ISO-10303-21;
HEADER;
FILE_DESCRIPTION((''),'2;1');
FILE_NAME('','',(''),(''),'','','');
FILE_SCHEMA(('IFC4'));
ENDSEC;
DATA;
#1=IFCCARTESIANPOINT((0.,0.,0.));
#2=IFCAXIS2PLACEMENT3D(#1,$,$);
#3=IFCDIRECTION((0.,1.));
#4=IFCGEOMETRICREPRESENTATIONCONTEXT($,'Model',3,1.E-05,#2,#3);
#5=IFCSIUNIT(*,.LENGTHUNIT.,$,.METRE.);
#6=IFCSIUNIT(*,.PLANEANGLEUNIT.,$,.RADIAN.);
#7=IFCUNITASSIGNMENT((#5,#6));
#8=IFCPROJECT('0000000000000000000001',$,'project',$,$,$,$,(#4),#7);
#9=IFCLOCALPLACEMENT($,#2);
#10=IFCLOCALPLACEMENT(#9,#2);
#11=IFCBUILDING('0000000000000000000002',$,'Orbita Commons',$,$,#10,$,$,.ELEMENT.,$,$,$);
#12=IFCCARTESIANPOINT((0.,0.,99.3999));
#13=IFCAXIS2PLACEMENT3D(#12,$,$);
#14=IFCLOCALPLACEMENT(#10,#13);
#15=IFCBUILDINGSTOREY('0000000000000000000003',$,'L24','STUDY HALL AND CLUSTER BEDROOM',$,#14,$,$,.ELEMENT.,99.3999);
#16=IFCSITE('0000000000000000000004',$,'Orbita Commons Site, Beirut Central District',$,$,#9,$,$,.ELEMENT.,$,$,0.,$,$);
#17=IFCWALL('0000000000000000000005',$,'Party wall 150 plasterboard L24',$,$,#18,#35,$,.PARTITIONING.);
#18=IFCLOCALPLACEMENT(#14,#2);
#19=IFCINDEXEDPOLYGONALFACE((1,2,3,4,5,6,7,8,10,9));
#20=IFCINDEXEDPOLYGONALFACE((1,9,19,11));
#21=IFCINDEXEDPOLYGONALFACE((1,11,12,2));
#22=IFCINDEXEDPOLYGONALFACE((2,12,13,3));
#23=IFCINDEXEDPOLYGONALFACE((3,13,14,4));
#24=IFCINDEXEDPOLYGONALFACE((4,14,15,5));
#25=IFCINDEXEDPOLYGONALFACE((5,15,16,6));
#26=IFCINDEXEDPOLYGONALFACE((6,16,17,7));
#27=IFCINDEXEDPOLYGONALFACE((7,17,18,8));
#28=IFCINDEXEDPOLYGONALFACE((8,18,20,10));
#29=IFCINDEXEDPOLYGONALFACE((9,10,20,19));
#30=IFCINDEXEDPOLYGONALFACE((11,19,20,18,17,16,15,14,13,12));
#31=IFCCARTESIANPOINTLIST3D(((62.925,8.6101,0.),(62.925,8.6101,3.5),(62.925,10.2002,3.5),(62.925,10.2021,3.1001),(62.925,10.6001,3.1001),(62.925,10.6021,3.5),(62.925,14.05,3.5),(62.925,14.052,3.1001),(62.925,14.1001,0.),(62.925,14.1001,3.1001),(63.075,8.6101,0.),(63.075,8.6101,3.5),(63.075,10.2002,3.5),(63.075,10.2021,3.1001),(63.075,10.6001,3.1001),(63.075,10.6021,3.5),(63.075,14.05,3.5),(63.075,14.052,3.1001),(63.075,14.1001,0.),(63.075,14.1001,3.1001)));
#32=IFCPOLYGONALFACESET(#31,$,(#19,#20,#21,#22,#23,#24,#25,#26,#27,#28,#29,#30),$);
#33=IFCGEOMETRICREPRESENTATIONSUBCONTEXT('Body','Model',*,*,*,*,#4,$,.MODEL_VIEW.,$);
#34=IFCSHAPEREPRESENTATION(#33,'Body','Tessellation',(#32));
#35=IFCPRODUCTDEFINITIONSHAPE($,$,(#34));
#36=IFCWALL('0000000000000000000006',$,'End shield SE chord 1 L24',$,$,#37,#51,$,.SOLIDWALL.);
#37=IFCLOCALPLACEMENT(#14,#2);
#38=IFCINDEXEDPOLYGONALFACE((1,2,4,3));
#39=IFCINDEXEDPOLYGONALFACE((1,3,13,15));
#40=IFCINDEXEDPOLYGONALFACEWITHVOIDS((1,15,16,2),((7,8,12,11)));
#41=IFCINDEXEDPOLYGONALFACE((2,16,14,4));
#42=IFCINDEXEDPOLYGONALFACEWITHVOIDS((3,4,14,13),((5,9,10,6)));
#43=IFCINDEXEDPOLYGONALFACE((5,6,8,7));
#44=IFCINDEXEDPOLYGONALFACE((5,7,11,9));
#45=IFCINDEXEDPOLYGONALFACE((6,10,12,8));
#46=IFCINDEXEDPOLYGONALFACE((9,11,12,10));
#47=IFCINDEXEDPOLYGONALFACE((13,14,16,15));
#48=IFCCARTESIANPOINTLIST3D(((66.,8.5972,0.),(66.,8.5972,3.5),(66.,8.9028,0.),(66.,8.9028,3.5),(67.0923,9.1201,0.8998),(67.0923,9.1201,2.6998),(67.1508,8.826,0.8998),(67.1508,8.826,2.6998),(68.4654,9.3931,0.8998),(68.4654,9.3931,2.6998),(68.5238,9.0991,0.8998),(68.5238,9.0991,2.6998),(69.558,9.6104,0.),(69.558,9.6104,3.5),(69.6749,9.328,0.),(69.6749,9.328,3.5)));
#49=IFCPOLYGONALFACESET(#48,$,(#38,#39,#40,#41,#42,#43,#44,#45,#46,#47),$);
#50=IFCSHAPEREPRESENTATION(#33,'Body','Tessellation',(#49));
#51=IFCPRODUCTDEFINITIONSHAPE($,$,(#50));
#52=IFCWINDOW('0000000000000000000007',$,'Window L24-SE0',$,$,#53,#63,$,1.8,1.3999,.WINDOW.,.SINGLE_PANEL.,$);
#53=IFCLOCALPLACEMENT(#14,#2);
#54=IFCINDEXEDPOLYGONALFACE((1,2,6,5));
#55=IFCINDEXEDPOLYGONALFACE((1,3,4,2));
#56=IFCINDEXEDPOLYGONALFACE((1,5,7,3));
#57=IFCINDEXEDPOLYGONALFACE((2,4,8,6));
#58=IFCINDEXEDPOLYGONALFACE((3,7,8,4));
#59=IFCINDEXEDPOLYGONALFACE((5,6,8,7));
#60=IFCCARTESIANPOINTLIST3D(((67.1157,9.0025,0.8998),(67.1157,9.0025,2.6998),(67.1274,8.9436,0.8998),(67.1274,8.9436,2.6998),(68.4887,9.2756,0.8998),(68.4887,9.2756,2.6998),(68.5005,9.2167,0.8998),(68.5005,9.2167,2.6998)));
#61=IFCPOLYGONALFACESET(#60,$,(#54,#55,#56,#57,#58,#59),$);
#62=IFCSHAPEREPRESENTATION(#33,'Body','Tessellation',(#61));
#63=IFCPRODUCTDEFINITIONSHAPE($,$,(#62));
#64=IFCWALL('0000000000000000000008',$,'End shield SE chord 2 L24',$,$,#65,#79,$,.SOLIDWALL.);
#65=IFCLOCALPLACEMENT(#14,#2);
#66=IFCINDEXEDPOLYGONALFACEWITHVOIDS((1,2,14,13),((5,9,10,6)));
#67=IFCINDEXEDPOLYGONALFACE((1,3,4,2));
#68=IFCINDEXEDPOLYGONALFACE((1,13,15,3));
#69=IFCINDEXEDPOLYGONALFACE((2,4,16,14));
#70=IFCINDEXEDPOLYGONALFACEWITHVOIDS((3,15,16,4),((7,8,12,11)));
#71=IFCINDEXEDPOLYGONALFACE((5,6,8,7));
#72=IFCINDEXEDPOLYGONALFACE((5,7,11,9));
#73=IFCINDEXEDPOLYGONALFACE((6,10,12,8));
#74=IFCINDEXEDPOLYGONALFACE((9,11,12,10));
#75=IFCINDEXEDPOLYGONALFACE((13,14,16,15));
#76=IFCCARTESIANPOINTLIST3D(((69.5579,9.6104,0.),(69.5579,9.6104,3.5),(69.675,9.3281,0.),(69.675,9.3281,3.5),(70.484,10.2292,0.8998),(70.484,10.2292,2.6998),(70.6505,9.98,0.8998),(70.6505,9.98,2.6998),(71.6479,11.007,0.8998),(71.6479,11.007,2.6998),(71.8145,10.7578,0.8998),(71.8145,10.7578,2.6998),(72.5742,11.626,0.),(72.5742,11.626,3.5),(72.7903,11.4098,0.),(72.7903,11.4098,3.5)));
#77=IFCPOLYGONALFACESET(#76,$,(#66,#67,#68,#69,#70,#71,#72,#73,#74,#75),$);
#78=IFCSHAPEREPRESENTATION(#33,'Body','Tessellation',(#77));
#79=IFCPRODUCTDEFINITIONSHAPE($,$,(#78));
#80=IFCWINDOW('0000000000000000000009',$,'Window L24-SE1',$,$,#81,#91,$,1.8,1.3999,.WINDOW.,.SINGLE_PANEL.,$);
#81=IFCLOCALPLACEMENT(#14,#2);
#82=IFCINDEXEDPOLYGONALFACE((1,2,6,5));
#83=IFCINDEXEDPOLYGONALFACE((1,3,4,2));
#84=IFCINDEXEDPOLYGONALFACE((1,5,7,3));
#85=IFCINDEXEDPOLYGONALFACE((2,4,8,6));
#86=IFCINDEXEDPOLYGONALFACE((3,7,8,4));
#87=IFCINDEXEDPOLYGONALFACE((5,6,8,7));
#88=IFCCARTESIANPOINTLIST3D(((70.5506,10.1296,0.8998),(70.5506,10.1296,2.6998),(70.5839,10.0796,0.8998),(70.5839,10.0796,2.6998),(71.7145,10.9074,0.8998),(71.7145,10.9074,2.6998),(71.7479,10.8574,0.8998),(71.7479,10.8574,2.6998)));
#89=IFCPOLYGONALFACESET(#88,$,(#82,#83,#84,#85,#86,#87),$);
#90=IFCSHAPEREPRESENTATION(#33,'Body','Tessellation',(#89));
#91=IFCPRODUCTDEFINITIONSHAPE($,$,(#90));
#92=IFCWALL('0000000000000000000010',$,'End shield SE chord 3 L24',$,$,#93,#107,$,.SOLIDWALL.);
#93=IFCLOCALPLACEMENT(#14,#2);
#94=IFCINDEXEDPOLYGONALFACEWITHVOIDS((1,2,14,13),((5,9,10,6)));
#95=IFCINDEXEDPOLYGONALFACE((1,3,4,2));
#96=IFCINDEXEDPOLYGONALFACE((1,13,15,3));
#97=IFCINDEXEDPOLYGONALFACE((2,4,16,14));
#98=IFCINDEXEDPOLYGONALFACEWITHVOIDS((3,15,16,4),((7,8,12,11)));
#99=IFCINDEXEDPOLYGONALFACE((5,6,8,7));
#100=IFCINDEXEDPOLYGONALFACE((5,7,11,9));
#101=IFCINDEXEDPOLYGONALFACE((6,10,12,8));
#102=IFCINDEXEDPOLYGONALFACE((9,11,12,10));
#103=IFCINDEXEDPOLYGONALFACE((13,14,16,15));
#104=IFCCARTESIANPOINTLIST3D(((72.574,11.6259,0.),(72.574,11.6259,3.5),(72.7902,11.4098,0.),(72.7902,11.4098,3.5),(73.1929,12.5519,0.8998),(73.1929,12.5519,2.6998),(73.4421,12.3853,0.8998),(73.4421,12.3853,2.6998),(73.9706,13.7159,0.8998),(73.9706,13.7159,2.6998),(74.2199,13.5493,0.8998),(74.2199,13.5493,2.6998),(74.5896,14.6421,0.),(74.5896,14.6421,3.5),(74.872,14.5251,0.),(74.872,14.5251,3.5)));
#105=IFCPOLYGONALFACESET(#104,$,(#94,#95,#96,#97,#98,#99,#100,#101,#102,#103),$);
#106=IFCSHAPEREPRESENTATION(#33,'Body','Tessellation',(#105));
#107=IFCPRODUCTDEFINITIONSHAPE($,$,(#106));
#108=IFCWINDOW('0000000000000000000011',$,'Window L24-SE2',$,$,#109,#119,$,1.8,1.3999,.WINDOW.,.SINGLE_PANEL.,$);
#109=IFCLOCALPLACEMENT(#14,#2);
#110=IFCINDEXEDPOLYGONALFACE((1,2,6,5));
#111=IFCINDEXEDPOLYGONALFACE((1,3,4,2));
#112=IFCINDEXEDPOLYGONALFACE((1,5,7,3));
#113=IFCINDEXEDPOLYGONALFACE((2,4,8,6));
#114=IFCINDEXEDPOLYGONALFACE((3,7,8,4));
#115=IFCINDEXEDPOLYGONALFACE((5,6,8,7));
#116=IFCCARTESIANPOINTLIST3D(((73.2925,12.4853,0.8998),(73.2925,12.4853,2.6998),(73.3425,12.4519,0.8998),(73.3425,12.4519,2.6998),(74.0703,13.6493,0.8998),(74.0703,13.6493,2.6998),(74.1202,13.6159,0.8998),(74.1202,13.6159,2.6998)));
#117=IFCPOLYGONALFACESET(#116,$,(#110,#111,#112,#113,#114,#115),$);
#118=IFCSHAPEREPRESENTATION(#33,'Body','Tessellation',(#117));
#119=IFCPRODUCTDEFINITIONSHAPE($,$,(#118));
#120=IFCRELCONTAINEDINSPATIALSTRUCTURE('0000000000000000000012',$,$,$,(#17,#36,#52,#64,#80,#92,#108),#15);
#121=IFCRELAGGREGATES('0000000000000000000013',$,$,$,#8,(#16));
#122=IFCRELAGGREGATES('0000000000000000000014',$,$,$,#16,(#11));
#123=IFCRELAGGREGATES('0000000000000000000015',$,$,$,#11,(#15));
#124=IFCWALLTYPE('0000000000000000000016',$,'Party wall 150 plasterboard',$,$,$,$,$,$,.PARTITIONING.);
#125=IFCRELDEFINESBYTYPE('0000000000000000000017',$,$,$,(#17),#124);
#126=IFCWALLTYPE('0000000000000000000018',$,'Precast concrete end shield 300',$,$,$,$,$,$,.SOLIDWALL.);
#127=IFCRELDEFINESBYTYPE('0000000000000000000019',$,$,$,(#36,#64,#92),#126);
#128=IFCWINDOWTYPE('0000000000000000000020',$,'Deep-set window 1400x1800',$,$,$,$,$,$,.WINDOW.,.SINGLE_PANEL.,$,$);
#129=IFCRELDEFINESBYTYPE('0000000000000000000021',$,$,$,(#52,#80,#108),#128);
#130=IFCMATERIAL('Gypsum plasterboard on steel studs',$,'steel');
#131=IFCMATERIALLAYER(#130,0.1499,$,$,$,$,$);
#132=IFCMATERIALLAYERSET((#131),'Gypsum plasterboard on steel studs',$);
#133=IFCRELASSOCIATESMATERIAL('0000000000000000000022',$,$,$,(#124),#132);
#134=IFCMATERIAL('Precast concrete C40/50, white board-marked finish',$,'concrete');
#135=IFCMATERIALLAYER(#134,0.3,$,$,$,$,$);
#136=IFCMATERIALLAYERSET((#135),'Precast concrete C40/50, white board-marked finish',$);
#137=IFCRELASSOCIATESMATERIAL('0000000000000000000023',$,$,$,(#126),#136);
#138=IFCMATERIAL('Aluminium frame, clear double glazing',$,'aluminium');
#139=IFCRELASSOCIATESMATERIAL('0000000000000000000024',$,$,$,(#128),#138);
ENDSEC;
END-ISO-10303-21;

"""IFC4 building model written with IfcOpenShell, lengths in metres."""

from ifc_helpers import new_model, si_unit, direction, frame, frame_2d, origin, place, context, subcontext, project, spatial, polyline, rectangle, outline, extrude, material, layer, layer_set, type_object, element, fill, save


model = new_model("IFC4")

# Units and contexts
model_context = context("Model", 3, precision=1e-05, world=origin(), true_north=direction((0.0, 1.0)))
body_context = subcontext(model_context, "Body", "Model", "MODEL_VIEW")
ifc_project = project(units=[si_unit("LENGTHUNIT", "METRE"), si_unit("PLANEANGLEUNIT", "RADIAN")], contexts=[model_context])

# Site, building, storey
site_placement = place(None, origin())
site = spatial("IfcSite", under=ifc_project, at=site_placement, Name="Orbita Commons Site, Beirut Central District", CompositionType="ELEMENT", RefElevation=0.0)
building_placement = place(site_placement, origin())
building = spatial("IfcBuilding", under=site, at=building_placement, Name="Orbita Commons", CompositionType="ELEMENT")
storey_placement = place(building_placement, frame((0.0, 0.0, 99.3999)))
storey = spatial("IfcBuildingStorey", under=building, at=storey_placement, Name="L24", Description="STUDY HALL AND CLUSTER BEDROOM", CompositionType="ELEMENT", Elevation=99.3999)

# Wall
ifc_material_1 = material(Name="Gypsum plasterboard on steel studs", Category="steel")
ifc_layer_1 = layer(ifc_material_1, 0.1499)
ifc_layer_set_1 = layer_set([ifc_layer_1], Name="Gypsum plasterboard on steel studs")
wall_type_1 = type_object("IfcWallType", Name="Party wall 150 plasterboard", PredefinedType="PARTITIONING", material=ifc_layer_set_1)
wall_1_placement = place(storey_placement, frame((63.0, 8.6101, 0.0), z_axis=(0.0, 0.0, 1.0), x_axis=(0.0, 1.0, 0.0)))
element("IfcWall", 1, at=wall_1_placement, inside=storey, type_object=wall_type_1, Name="Party wall 150 plasterboard L24", PredefinedType="PARTITIONING", context=body_context, shape_type="SweptSolid", body=[
    extrude(outline(polyline([(0.0, 0.0), (5.49, 0.0), (5.49, 3.1001), (5.4419, 3.1001), (5.4399, 3.5), (1.9919, 3.5), (1.99, 3.1001), (1.592, 3.1001), (1.5901, 3.5), (0.0, 3.5), (0.0, 0.0)])), frame((0.0, 0.075, 0.0), z_axis=(0.0, -1.0, 0.0), x_axis=(1.0, 0.0, 0.0)), (0.0, 0.0, 1.0), 0.1499),
])

# Walls, openings, windows
ifc_material_2 = material(Name="Precast concrete C40/50, white board-marked finish", Category="concrete")
ifc_layer_2 = layer(ifc_material_2, 0.3)
ifc_layer_set_2 = layer_set([ifc_layer_2], Name="Precast concrete C40/50, white board-marked finish")
wall_type_2 = type_object("IfcWallType", Name="Precast concrete end shield 300", PredefinedType="SOLIDWALL", material=ifc_layer_set_2)
wall_2_placement = place(storey_placement, frame((66.0, 8.75, 0.0), z_axis=(0.0, 0.0, 1.0), x_axis=(0.980791, 0.195059, 0.0)))
wall_2 = element("IfcWall", 2, at=wall_2_placement, inside=storey, type_object=wall_type_2, Name="End shield SE chord 1 L24", PredefinedType="SOLIDWALL", context=body_context, shape_type="SweptSolid", body=[
    extrude(outline(polyline([(-0.0298, -0.1499), (3.717, -0.1499), (3.6575, 0.1499), (0.0298, 0.1499), (-0.0298, -0.1499)])), origin(), (0.0, 0.0, 1.0), 3.5),
])
opening_1_placement = place(wall_2_placement, frame((1.1436, 0.0, 0.8999)))
opening_1 = element("IfcOpeningElement", 3, at=opening_1_placement, cuts=wall_2, PredefinedType="OPENING", context=body_context, shape_type="SweptSolid", body=[
    extrude(rectangle(XDim=1.3999, YDim=1.8, at=frame_2d((0.7, 0.8999))), frame((0.0, 0.1599, 0.0), z_axis=(0.0, -1.0, 0.0), x_axis=(1.0, 0.0, 0.0)), (0.0, 0.0, 1.0), 0.3201),
])
ifc_material_3 = material(Name="Aluminium frame, clear double glazing", Category="aluminium")
window_type = type_object("IfcWindowType", Name="Deep-set window 1400x1800", PartitioningType="SINGLE_PANEL", PredefinedType="WINDOW", material=ifc_material_3)
window_1_placement = place(opening_1_placement, origin())
window_1 = element("IfcWindow", 4, at=window_1_placement, inside=storey, type_object=window_type, Name="Window L24-SE0", OverallHeight=1.8, OverallWidth=1.3999, PartitioningType="SINGLE_PANEL", PredefinedType="WINDOW", context=body_context, shape_type="SweptSolid", body=[
    extrude(rectangle(XDim=1.3999, YDim=1.8, at=frame_2d((0.7, 0.8999))), frame((0.0, 0.03, 0.0), z_axis=(0.0, -1.0, 0.0), x_axis=(1.0, 0.0, 0.0)), (0.0, 0.0, 1.0), 0.0601),
])
fill(opening_1, window_1)
wall_3_placement = place(storey_placement, frame((69.6165, 9.4692, 0.0), z_axis=(0.0, 0.0, 1.0), x_axis=(0.831449, 0.555601, 0.0)))
wall_3 = element("IfcWall", 5, at=wall_3_placement, inside=storey, type_object=wall_type_2, Name="End shield SE chord 2 L24", PredefinedType="SOLIDWALL", context=body_context, shape_type="SweptSolid", body=[
    extrude(outline(polyline([(-0.0298, -0.1499), (3.717, -0.1499), (3.6575, 0.1499), (0.0298, 0.1499), (-0.0298, -0.1499)])), origin(), (0.0, 0.0, 1.0), 3.5),
])
opening_2_placement = place(wall_3_placement, frame((1.1436, 0.0, 0.8999)))
opening_2 = element("IfcOpeningElement", 6, at=opening_2_placement, cuts=wall_3, PredefinedType="OPENING", context=body_context, shape_type="SweptSolid", body=[
    extrude(rectangle(XDim=1.3999, YDim=1.8, at=frame_2d((0.7, 0.8999))), frame((0.0, 0.1599, 0.0), z_axis=(0.0, -1.0, 0.0), x_axis=(1.0, 0.0, 0.0)), (0.0, 0.0, 1.0), 0.3201),
])
window_2_placement = place(opening_2_placement, origin())
window_2 = element("IfcWindow", 7, at=window_2_placement, inside=storey, type_object=window_type, Name="Window L24-SE1", OverallHeight=1.8, OverallWidth=1.3999, PartitioningType="SINGLE_PANEL", PredefinedType="WINDOW", context=body_context, shape_type="SweptSolid", body=[
    extrude(rectangle(XDim=1.3999, YDim=1.8, at=frame_2d((0.7, 0.8999))), frame((0.0, 0.03, 0.0), z_axis=(0.0, -1.0, 0.0), x_axis=(1.0, 0.0, 0.0)), (0.0, 0.0, 1.0), 0.0601),
])
fill(opening_2, window_2)
wall_4_placement = place(storey_placement, frame((72.6821, 11.5178, 0.0), z_axis=(0.0, 0.0, 1.0), x_axis=(0.555601, 0.831449, 0.0)))
wall_4 = element("IfcWall", 8, at=wall_4_placement, inside=storey, type_object=wall_type_2, Name="End shield SE chord 3 L24", PredefinedType="SOLIDWALL", context=body_context, shape_type="SweptSolid", body=[
    extrude(outline(polyline([(-0.0298, -0.1499), (3.717, -0.1499), (3.6575, 0.1499), (0.0298, 0.1499), (-0.0298, -0.1499)])), origin(), (0.0, 0.0, 1.0), 3.5),
])
opening_3_placement = place(wall_4_placement, frame((1.1436, 0.0, 0.8999)))
opening_3 = element("IfcOpeningElement", 9, at=opening_3_placement, cuts=wall_4, PredefinedType="OPENING", context=body_context, shape_type="SweptSolid", body=[
    extrude(rectangle(XDim=1.3999, YDim=1.8, at=frame_2d((0.7, 0.8999))), frame((0.0, 0.1599, 0.0), z_axis=(0.0, -1.0, 0.0), x_axis=(1.0, 0.0, 0.0)), (0.0, 0.0, 1.0), 0.3201),
])
window_3_placement = place(opening_3_placement, origin())
window_3 = element("IfcWindow", 10, at=window_3_placement, inside=storey, type_object=window_type, Name="Window L24-SE2", OverallHeight=1.8, OverallWidth=1.3999, PartitioningType="SINGLE_PANEL", PredefinedType="WINDOW", context=body_context, shape_type="SweptSolid", body=[
    extrude(rectangle(XDim=1.3999, YDim=1.8, at=frame_2d((0.7, 0.8999))), frame((0.0, 0.03, 0.0), z_axis=(0.0, -1.0, 0.0), x_axis=(1.0, 0.0, 0.0)), (0.0, 0.0, 1.0), 0.0601),
])
fill(opening_3, window_3)

save(model, "model.ifc")
